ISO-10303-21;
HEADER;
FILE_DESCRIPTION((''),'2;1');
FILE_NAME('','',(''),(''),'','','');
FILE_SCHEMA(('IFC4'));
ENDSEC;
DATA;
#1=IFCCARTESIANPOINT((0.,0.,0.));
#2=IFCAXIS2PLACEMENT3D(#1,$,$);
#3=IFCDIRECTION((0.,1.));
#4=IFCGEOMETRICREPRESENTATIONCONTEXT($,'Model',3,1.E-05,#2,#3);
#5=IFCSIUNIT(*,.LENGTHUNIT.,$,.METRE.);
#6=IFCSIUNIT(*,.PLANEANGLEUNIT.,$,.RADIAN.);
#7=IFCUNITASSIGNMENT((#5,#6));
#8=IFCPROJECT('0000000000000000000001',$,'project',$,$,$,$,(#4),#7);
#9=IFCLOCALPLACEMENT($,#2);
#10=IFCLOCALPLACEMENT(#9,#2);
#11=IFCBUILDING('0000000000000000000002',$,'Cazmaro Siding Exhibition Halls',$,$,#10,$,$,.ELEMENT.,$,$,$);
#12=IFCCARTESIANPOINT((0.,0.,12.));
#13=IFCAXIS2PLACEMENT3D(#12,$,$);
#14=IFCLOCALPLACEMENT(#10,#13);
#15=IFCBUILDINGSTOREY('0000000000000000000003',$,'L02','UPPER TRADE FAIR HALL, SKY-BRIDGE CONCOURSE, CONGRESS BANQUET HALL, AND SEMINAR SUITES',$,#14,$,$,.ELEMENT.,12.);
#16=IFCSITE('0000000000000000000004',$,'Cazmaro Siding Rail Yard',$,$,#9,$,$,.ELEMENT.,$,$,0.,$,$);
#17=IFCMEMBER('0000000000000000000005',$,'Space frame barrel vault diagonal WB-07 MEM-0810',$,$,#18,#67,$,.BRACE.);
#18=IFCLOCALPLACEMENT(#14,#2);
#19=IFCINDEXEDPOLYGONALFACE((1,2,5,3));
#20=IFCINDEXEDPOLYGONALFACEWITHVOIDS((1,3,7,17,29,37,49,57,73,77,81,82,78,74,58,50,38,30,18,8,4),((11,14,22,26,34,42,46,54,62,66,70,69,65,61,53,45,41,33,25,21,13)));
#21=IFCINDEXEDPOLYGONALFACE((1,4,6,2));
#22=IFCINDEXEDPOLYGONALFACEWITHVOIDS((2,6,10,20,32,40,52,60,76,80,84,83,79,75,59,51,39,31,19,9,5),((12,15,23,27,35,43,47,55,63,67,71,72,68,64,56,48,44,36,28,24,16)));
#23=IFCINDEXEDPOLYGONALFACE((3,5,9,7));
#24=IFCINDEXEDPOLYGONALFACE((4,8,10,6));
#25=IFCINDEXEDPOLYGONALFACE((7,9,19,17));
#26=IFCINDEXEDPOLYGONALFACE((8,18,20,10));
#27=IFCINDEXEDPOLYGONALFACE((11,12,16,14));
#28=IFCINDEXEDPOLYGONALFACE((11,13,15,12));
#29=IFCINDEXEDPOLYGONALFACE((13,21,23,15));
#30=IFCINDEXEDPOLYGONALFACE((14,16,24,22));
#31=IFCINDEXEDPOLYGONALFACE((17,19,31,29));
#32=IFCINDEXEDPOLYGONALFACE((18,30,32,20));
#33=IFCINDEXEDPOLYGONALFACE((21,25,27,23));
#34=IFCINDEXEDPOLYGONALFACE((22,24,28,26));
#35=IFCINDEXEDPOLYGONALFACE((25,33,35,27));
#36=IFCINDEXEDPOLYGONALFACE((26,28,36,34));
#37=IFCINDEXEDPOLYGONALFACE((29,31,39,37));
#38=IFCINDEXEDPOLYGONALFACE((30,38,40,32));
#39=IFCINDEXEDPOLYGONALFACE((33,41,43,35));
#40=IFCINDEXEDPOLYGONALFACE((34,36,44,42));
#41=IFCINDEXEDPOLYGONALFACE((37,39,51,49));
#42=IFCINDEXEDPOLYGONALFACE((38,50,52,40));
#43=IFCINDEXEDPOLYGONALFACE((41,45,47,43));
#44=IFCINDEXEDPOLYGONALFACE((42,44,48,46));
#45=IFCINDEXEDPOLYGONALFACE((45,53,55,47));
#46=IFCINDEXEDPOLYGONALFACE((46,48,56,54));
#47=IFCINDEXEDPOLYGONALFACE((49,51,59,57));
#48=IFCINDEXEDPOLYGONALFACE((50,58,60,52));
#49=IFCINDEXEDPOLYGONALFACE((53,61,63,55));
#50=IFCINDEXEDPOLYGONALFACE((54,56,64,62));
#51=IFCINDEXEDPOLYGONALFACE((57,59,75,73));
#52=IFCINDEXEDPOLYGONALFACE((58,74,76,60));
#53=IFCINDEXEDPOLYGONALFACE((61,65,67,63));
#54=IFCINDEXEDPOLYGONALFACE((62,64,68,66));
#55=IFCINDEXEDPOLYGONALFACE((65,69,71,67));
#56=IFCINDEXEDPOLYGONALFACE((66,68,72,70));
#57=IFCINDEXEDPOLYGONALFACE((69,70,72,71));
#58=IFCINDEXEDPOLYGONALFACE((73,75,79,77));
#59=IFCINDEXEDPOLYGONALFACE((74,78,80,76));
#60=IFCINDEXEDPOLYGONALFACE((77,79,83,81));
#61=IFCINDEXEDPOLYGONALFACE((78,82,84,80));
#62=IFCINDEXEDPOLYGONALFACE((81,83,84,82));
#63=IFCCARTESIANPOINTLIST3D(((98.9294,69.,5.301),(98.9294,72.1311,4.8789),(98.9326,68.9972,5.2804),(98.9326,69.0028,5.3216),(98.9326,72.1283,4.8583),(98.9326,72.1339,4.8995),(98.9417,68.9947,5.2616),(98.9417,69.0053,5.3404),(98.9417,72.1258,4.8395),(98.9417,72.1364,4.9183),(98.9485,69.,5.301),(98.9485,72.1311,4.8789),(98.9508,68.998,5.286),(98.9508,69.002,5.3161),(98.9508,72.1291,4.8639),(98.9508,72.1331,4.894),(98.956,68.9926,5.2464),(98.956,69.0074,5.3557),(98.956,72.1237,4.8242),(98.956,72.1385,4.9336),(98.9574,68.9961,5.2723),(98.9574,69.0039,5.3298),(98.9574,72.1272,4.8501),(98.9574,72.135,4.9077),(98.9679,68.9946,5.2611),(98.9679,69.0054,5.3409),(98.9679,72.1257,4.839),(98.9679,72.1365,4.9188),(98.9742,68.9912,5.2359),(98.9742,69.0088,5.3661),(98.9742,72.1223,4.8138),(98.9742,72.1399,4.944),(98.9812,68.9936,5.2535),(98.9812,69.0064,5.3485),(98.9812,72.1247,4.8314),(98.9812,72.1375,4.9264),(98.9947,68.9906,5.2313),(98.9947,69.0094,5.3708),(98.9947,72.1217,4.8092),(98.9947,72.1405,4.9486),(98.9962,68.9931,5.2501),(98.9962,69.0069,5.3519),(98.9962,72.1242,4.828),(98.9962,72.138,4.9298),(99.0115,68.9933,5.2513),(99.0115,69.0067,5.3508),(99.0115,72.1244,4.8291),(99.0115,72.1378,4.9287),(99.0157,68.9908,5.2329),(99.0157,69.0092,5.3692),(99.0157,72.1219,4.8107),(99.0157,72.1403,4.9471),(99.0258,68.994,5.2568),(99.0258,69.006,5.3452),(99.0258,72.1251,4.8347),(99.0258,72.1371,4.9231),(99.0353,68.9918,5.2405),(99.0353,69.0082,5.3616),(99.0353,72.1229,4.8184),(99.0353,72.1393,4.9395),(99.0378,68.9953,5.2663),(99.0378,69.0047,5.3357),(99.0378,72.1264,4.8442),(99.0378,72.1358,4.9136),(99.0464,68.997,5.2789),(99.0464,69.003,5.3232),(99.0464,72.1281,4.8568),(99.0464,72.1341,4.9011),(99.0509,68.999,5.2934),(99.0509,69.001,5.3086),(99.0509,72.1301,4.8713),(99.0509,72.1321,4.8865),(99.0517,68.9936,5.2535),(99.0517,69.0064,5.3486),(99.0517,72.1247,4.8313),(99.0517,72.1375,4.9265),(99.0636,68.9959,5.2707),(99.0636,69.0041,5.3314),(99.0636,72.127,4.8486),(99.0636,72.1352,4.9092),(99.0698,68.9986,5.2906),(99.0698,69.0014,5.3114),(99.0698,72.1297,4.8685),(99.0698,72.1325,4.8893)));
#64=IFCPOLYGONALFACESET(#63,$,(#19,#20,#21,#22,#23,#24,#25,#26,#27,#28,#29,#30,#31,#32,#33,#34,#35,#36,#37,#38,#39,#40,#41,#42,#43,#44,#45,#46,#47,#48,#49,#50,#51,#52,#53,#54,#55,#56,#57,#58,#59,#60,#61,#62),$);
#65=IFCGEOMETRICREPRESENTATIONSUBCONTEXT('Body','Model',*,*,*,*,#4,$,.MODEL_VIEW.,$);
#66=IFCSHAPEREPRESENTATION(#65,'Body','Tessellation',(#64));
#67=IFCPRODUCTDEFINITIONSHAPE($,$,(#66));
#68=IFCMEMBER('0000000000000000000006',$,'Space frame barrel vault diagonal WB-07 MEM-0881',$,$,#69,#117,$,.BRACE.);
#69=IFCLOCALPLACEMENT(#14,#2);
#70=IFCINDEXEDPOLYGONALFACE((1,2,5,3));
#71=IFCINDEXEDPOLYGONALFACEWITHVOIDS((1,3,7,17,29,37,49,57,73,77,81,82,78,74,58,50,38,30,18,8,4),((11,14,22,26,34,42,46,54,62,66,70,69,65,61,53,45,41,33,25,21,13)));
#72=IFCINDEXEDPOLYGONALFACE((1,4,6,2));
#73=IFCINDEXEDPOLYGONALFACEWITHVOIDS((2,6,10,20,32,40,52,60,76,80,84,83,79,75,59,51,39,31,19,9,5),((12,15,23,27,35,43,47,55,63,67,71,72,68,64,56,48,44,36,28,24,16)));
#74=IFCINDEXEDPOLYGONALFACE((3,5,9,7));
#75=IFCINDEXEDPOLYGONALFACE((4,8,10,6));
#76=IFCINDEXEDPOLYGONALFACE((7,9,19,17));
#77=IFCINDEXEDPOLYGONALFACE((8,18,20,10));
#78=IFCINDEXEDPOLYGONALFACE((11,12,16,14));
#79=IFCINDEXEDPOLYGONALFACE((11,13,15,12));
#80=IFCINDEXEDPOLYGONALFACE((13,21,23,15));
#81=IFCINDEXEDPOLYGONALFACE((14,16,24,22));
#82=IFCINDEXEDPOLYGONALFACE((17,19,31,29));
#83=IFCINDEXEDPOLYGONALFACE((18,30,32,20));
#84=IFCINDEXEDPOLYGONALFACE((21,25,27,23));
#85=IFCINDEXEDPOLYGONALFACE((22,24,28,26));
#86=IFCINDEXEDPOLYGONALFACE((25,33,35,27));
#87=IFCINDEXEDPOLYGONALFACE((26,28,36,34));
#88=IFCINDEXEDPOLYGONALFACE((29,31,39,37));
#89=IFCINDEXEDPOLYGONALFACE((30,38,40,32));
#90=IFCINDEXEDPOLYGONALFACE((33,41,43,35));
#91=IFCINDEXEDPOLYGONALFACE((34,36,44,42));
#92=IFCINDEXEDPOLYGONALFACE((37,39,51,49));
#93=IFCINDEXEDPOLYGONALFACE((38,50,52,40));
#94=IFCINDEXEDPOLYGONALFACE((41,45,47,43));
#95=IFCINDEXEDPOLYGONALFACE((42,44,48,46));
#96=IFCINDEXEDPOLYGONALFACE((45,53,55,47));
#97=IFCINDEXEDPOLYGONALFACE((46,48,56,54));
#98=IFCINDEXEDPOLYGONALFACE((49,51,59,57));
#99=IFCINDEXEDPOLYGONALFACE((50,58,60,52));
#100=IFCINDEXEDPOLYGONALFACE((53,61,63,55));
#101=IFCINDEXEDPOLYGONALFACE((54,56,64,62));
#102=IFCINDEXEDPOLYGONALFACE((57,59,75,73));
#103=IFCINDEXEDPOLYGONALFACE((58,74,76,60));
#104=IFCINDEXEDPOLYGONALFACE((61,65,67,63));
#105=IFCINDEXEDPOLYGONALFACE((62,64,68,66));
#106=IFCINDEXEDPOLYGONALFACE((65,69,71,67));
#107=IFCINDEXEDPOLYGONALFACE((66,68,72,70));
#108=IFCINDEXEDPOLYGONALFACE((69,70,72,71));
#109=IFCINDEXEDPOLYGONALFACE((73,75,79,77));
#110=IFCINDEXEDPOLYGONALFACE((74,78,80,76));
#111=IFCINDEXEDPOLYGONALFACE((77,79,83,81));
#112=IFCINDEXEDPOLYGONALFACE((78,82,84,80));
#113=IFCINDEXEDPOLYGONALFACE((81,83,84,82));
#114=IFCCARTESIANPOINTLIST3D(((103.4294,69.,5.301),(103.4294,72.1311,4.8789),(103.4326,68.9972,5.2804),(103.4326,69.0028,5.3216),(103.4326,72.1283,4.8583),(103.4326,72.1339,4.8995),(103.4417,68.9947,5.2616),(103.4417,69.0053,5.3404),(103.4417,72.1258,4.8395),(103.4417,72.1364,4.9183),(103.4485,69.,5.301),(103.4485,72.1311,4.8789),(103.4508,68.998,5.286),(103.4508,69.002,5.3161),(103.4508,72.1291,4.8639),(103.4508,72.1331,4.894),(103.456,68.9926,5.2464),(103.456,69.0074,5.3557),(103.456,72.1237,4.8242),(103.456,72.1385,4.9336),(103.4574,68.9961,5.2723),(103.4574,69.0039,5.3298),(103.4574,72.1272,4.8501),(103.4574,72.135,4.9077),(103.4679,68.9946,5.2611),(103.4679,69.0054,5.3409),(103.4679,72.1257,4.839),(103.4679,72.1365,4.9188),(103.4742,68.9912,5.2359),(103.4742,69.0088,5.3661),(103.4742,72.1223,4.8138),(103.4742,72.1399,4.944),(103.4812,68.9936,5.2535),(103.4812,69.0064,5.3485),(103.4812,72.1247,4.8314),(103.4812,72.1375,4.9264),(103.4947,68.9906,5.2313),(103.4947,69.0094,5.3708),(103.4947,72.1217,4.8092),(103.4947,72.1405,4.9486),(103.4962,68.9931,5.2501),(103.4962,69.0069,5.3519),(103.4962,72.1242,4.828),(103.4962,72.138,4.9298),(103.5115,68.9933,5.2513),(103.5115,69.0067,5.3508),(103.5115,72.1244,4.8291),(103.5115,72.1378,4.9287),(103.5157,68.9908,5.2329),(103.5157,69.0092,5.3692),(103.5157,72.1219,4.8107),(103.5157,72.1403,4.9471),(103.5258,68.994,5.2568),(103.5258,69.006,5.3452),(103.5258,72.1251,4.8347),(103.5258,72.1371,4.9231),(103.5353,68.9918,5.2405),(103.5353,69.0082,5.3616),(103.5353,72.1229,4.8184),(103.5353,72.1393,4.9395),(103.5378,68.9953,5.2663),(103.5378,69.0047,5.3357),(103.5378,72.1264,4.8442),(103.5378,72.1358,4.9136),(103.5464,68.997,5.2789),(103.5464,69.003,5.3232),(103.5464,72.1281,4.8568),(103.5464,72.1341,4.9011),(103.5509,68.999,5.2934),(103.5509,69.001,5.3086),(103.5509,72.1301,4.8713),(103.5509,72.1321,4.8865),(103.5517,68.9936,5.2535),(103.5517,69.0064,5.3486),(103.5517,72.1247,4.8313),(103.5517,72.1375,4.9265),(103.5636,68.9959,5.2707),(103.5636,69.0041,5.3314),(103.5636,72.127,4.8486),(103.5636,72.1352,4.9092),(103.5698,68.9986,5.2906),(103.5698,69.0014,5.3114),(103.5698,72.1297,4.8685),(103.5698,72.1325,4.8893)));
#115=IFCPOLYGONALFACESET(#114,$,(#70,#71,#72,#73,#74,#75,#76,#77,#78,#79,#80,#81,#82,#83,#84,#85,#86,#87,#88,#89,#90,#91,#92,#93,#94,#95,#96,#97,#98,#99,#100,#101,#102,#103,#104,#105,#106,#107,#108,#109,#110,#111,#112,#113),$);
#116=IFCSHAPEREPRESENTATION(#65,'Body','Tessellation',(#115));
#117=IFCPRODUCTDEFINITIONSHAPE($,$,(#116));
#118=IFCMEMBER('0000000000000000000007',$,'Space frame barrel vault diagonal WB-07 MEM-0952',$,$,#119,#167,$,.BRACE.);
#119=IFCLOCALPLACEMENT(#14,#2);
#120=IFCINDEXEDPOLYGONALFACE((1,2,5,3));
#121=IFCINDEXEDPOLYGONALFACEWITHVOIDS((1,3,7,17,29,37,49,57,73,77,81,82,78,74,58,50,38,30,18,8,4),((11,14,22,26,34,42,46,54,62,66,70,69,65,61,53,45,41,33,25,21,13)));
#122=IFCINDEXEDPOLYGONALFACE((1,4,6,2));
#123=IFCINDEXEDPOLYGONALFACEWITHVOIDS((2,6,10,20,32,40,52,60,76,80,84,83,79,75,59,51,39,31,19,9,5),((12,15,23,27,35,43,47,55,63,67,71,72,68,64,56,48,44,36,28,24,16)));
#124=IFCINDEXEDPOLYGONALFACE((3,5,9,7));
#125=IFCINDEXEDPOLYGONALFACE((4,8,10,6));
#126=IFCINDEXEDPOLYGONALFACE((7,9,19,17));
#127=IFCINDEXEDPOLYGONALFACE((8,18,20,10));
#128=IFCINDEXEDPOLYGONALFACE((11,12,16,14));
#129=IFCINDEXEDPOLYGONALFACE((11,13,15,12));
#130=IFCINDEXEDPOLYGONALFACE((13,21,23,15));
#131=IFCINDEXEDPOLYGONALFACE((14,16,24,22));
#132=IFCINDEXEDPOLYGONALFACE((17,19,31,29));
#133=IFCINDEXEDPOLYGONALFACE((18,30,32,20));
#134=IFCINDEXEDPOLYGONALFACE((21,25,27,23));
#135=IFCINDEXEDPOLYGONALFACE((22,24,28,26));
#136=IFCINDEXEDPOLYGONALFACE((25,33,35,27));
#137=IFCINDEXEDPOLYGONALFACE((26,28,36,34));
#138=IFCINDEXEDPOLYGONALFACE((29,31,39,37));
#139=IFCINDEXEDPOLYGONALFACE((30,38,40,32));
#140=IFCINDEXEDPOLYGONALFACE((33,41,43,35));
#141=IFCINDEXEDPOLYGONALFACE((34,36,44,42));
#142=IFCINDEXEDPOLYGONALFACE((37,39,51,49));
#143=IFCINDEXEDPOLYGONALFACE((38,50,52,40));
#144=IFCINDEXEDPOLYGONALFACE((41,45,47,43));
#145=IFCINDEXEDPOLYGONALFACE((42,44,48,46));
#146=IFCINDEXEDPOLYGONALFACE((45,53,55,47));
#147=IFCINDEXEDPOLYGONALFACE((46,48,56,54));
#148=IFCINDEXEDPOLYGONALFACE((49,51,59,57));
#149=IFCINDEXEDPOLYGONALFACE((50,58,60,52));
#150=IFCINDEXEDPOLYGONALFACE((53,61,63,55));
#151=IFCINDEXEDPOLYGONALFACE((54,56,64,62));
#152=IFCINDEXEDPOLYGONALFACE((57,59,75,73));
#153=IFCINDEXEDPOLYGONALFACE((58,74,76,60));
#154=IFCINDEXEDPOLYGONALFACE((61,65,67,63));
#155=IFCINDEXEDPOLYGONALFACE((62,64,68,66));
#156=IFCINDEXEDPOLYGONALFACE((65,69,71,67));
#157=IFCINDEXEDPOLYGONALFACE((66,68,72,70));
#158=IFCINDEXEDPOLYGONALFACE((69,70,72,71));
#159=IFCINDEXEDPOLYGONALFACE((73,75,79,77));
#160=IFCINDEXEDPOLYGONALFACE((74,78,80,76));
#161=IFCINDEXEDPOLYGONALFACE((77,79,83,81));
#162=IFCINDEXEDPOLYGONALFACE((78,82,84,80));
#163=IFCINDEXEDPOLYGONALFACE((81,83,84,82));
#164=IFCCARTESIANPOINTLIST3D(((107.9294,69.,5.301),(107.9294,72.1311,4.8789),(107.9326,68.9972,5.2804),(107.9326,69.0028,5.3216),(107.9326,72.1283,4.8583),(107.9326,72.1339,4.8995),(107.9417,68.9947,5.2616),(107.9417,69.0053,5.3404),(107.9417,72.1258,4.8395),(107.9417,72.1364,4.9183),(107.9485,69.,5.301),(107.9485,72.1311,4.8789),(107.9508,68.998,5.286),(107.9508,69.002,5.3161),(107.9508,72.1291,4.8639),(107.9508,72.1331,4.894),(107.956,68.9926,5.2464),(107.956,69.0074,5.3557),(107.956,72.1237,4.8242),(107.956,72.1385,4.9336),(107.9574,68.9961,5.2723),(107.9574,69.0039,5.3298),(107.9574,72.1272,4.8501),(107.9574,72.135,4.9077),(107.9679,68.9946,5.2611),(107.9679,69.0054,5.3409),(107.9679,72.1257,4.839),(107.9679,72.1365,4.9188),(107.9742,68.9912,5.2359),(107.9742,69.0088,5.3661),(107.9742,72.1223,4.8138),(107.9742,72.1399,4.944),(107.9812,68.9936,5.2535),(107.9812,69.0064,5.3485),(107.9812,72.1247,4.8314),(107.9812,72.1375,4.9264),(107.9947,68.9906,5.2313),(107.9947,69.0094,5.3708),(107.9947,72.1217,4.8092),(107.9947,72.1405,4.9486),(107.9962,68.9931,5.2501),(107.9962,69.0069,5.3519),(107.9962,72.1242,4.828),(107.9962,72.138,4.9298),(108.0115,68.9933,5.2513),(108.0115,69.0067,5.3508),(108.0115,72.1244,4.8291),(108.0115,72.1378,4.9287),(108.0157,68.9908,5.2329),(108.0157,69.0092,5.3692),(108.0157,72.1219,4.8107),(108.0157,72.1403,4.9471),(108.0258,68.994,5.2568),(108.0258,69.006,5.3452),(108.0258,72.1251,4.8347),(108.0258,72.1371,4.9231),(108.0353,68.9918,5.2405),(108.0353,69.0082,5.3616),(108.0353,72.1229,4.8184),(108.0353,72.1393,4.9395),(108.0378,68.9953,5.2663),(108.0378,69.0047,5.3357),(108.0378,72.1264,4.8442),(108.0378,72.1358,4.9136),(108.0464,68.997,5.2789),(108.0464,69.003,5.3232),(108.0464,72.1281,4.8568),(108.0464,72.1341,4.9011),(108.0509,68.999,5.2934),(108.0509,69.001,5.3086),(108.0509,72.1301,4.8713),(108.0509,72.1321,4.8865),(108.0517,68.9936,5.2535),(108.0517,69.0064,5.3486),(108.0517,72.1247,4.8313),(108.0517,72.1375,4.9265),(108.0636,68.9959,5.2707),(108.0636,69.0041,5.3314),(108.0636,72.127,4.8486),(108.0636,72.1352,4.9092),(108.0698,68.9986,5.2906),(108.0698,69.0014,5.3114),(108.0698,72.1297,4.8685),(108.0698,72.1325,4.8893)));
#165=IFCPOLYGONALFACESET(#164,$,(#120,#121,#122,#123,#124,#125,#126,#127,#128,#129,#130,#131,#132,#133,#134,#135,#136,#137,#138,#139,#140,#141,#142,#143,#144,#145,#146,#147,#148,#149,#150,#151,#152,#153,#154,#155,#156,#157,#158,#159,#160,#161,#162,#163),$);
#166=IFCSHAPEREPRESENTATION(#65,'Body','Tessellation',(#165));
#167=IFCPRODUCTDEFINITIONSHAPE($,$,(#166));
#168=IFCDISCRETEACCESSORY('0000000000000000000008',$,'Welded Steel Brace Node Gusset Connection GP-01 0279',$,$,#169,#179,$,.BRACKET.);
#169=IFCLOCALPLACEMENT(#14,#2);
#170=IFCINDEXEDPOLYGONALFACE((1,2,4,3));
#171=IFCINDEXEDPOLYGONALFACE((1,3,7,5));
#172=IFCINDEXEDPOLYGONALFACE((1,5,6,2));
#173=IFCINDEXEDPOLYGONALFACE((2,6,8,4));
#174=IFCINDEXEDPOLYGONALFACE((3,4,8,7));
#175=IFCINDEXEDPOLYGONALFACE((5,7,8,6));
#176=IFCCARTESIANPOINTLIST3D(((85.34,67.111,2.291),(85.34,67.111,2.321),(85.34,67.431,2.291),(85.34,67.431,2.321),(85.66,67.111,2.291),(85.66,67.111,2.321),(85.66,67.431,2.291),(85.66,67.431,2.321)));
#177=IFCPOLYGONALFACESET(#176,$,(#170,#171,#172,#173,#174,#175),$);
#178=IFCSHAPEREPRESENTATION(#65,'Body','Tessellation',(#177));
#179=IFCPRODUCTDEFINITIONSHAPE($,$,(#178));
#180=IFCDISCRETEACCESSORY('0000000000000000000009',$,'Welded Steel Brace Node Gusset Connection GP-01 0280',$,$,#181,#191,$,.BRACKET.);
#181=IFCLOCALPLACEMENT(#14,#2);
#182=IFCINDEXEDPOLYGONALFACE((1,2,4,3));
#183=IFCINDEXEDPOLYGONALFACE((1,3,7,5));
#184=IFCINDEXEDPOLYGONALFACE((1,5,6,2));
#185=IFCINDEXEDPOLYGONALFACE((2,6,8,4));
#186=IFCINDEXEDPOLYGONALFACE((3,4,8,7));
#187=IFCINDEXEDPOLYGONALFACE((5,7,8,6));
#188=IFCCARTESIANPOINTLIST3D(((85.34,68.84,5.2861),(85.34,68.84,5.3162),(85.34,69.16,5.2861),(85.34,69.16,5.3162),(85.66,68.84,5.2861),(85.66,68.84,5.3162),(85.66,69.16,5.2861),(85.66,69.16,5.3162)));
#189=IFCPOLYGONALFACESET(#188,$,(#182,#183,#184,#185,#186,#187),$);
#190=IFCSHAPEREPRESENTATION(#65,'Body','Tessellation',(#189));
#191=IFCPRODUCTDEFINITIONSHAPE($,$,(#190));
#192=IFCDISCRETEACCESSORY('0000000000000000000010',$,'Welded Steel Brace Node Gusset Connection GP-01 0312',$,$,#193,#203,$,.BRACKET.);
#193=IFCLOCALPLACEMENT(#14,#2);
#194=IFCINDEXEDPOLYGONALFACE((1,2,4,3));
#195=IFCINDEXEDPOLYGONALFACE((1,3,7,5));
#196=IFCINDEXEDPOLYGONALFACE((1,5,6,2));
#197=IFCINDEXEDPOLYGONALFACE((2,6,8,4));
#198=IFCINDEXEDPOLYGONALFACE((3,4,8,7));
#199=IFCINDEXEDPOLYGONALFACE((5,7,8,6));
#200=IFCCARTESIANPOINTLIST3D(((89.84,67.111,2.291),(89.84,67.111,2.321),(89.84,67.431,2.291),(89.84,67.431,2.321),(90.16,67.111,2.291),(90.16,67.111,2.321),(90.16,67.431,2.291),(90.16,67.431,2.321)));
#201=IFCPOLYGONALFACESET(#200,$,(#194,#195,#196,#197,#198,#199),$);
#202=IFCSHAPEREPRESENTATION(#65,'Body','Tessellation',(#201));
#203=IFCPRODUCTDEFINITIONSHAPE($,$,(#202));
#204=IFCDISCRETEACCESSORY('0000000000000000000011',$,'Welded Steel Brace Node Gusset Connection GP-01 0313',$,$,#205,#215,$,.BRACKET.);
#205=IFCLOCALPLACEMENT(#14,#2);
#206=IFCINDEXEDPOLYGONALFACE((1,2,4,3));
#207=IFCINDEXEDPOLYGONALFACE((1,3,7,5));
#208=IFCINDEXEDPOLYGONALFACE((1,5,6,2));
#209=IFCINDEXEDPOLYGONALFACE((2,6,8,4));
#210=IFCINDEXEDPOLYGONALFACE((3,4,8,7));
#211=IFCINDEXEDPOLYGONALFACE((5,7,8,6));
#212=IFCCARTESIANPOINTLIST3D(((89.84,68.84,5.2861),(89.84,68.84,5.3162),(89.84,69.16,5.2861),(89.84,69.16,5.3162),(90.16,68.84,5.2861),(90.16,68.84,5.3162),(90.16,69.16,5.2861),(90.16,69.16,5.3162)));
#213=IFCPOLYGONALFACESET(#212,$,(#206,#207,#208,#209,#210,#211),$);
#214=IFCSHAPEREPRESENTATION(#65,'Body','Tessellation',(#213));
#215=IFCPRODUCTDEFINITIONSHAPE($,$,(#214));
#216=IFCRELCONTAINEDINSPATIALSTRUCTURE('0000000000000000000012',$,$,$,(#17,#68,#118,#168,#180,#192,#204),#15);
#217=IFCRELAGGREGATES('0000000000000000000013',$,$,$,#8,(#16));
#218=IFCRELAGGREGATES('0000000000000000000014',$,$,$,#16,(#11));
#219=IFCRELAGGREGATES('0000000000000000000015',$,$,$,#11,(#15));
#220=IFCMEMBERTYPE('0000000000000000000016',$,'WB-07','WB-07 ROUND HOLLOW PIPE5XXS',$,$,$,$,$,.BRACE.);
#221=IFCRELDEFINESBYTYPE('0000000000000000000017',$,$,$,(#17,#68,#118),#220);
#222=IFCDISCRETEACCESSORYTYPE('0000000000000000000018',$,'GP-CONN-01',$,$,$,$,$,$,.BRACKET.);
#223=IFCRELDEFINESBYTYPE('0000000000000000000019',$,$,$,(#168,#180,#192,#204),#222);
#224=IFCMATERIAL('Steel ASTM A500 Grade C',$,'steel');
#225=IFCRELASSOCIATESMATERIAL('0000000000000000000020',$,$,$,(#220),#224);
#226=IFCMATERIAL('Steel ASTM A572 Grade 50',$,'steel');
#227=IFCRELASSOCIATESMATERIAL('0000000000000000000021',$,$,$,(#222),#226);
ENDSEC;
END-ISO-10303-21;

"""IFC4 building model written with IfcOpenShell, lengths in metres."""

from ifc_helpers import new_model, si_unit, direction, frame, origin, origin_2d, place, context, subcontext, project, spatial, rectangle, hollow_circle, extrude, material, material_profile, profile_set, type_object, element, save


model = new_model("IFC4")

# Units and contexts
model_context = context("Model", 3, precision=1e-05, world=origin(), true_north=direction((0.0, 1.0)))
body_context = subcontext(model_context, "Body", "Model", "MODEL_VIEW")
ifc_project = project(units=[si_unit("LENGTHUNIT", "METRE"), si_unit("PLANEANGLEUNIT", "RADIAN")], contexts=[model_context])

# Site, building, storey
site_placement = place(None, origin())
site = spatial("IfcSite", under=ifc_project, at=site_placement, Name="Cazmaro Siding Rail Yard", CompositionType="ELEMENT", RefElevation=0.0)
building_placement = place(site_placement, origin())
building = spatial("IfcBuilding", under=site, at=building_placement, Name="Cazmaro Siding Exhibition Halls", CompositionType="ELEMENT")
storey_placement = place(building_placement, frame((0.0, 0.0, 12.0)))
storey = spatial("IfcBuildingStorey", under=building, at=storey_placement, Name="L02", Description="UPPER TRADE FAIR HALL, SKY-BRIDGE CONCOURSE, CONGRESS BANQUET HALL, AND SEMINAR SUITES", CompositionType="ELEMENT", Elevation=12.0)

# Members
ifc_material_1 = material(Name="Steel ASTM A500 Grade C", Category="steel")
ifc_material_profile_1 = material_profile(ifc_material_1, hollow_circle(Radius=0.0706, WallThickness=0.019, at=origin_2d()), Name="PIPE5XXS")
ifc_profile_set_1 = profile_set([ifc_material_profile_1], Name="Steel ASTM A500 Grade C")
member_type_1 = type_object("IfcMemberType", Name="WB-07", Description="WB-07 ROUND HOLLOW PIPE5XXS", PredefinedType="BRACE", material=ifc_profile_set_1)
for number, where, z_axis, x_axis, name in (
    (1, (99.0, 69.0, 5.301), (0.0, 0.991035, -0.133606), (-1.0, 0.0, 0.0), "Space frame barrel vault diagonal WB-07 MEM-0810"),
    (2, (103.5, 69.0, 5.301), (0.0, 0.991035, -0.133606), (-1.0, 0.0, 0.0), "Space frame barrel vault diagonal WB-07 MEM-0881"),
    (3, (108.0, 69.0, 5.301), (0.0, 0.991035, -0.133606), (-1.0, 0.0, 0.0), "Space frame barrel vault diagonal WB-07 MEM-0952"),
):
    element("IfcMember", number, at=place(storey_placement, frame(where, z_axis=z_axis, x_axis=x_axis)), inside=storey, type_object=member_type_1, Name=name, PredefinedType="BRACE", context=body_context, shape_type="SweptSolid", body=[
        extrude(hollow_circle(Radius=0.0706, WallThickness=0.019, at=origin_2d()), origin(), (0.0, 0.0, 1.0), 3.1594),
    ])

# Discrete accessories
ifc_material_2 = material(Name="Steel ASTM A572 Grade 50", Category="steel")
discrete_accessory_type = type_object("IfcDiscreteAccessoryType", Name="GP-CONN-01", PredefinedType="BRACKET", material=ifc_material_2)
for number, where, z_axis, x_axis, name in (
    (4, (85.5, 67.271, 2.291), (0.0, 0.0, 1.0), (1.0, 0.0, 0.0), "Welded Steel Brace Node Gusset Connection GP-01 0279"),
    (5, (85.5, 69.0, 5.2861), (0.0, 0.0, 1.0), (1.0, 0.0, 0.0), "Welded Steel Brace Node Gusset Connection GP-01 0280"),
    (6, (90.0, 67.271, 2.291), (0.0, 0.0, 1.0), (1.0, 0.0, 0.0), "Welded Steel Brace Node Gusset Connection GP-01 0312"),
    (7, (90.0, 69.0, 5.2861), (0.0, 0.0, 1.0), (1.0, 0.0, 0.0), "Welded Steel Brace Node Gusset Connection GP-01 0313"),
):
    element("IfcDiscreteAccessory", number, at=place(storey_placement, frame(where, z_axis=z_axis, x_axis=x_axis)), inside=storey, type_object=discrete_accessory_type, Name=name, PredefinedType="BRACKET", context=body_context, shape_type="SweptSolid", body=[
        extrude(rectangle(XDim=0.3201, YDim=0.3201, at=origin_2d()), origin(), (0.0, 0.0, 1.0), 0.03),
    ])

save(model, "model.ifc")
